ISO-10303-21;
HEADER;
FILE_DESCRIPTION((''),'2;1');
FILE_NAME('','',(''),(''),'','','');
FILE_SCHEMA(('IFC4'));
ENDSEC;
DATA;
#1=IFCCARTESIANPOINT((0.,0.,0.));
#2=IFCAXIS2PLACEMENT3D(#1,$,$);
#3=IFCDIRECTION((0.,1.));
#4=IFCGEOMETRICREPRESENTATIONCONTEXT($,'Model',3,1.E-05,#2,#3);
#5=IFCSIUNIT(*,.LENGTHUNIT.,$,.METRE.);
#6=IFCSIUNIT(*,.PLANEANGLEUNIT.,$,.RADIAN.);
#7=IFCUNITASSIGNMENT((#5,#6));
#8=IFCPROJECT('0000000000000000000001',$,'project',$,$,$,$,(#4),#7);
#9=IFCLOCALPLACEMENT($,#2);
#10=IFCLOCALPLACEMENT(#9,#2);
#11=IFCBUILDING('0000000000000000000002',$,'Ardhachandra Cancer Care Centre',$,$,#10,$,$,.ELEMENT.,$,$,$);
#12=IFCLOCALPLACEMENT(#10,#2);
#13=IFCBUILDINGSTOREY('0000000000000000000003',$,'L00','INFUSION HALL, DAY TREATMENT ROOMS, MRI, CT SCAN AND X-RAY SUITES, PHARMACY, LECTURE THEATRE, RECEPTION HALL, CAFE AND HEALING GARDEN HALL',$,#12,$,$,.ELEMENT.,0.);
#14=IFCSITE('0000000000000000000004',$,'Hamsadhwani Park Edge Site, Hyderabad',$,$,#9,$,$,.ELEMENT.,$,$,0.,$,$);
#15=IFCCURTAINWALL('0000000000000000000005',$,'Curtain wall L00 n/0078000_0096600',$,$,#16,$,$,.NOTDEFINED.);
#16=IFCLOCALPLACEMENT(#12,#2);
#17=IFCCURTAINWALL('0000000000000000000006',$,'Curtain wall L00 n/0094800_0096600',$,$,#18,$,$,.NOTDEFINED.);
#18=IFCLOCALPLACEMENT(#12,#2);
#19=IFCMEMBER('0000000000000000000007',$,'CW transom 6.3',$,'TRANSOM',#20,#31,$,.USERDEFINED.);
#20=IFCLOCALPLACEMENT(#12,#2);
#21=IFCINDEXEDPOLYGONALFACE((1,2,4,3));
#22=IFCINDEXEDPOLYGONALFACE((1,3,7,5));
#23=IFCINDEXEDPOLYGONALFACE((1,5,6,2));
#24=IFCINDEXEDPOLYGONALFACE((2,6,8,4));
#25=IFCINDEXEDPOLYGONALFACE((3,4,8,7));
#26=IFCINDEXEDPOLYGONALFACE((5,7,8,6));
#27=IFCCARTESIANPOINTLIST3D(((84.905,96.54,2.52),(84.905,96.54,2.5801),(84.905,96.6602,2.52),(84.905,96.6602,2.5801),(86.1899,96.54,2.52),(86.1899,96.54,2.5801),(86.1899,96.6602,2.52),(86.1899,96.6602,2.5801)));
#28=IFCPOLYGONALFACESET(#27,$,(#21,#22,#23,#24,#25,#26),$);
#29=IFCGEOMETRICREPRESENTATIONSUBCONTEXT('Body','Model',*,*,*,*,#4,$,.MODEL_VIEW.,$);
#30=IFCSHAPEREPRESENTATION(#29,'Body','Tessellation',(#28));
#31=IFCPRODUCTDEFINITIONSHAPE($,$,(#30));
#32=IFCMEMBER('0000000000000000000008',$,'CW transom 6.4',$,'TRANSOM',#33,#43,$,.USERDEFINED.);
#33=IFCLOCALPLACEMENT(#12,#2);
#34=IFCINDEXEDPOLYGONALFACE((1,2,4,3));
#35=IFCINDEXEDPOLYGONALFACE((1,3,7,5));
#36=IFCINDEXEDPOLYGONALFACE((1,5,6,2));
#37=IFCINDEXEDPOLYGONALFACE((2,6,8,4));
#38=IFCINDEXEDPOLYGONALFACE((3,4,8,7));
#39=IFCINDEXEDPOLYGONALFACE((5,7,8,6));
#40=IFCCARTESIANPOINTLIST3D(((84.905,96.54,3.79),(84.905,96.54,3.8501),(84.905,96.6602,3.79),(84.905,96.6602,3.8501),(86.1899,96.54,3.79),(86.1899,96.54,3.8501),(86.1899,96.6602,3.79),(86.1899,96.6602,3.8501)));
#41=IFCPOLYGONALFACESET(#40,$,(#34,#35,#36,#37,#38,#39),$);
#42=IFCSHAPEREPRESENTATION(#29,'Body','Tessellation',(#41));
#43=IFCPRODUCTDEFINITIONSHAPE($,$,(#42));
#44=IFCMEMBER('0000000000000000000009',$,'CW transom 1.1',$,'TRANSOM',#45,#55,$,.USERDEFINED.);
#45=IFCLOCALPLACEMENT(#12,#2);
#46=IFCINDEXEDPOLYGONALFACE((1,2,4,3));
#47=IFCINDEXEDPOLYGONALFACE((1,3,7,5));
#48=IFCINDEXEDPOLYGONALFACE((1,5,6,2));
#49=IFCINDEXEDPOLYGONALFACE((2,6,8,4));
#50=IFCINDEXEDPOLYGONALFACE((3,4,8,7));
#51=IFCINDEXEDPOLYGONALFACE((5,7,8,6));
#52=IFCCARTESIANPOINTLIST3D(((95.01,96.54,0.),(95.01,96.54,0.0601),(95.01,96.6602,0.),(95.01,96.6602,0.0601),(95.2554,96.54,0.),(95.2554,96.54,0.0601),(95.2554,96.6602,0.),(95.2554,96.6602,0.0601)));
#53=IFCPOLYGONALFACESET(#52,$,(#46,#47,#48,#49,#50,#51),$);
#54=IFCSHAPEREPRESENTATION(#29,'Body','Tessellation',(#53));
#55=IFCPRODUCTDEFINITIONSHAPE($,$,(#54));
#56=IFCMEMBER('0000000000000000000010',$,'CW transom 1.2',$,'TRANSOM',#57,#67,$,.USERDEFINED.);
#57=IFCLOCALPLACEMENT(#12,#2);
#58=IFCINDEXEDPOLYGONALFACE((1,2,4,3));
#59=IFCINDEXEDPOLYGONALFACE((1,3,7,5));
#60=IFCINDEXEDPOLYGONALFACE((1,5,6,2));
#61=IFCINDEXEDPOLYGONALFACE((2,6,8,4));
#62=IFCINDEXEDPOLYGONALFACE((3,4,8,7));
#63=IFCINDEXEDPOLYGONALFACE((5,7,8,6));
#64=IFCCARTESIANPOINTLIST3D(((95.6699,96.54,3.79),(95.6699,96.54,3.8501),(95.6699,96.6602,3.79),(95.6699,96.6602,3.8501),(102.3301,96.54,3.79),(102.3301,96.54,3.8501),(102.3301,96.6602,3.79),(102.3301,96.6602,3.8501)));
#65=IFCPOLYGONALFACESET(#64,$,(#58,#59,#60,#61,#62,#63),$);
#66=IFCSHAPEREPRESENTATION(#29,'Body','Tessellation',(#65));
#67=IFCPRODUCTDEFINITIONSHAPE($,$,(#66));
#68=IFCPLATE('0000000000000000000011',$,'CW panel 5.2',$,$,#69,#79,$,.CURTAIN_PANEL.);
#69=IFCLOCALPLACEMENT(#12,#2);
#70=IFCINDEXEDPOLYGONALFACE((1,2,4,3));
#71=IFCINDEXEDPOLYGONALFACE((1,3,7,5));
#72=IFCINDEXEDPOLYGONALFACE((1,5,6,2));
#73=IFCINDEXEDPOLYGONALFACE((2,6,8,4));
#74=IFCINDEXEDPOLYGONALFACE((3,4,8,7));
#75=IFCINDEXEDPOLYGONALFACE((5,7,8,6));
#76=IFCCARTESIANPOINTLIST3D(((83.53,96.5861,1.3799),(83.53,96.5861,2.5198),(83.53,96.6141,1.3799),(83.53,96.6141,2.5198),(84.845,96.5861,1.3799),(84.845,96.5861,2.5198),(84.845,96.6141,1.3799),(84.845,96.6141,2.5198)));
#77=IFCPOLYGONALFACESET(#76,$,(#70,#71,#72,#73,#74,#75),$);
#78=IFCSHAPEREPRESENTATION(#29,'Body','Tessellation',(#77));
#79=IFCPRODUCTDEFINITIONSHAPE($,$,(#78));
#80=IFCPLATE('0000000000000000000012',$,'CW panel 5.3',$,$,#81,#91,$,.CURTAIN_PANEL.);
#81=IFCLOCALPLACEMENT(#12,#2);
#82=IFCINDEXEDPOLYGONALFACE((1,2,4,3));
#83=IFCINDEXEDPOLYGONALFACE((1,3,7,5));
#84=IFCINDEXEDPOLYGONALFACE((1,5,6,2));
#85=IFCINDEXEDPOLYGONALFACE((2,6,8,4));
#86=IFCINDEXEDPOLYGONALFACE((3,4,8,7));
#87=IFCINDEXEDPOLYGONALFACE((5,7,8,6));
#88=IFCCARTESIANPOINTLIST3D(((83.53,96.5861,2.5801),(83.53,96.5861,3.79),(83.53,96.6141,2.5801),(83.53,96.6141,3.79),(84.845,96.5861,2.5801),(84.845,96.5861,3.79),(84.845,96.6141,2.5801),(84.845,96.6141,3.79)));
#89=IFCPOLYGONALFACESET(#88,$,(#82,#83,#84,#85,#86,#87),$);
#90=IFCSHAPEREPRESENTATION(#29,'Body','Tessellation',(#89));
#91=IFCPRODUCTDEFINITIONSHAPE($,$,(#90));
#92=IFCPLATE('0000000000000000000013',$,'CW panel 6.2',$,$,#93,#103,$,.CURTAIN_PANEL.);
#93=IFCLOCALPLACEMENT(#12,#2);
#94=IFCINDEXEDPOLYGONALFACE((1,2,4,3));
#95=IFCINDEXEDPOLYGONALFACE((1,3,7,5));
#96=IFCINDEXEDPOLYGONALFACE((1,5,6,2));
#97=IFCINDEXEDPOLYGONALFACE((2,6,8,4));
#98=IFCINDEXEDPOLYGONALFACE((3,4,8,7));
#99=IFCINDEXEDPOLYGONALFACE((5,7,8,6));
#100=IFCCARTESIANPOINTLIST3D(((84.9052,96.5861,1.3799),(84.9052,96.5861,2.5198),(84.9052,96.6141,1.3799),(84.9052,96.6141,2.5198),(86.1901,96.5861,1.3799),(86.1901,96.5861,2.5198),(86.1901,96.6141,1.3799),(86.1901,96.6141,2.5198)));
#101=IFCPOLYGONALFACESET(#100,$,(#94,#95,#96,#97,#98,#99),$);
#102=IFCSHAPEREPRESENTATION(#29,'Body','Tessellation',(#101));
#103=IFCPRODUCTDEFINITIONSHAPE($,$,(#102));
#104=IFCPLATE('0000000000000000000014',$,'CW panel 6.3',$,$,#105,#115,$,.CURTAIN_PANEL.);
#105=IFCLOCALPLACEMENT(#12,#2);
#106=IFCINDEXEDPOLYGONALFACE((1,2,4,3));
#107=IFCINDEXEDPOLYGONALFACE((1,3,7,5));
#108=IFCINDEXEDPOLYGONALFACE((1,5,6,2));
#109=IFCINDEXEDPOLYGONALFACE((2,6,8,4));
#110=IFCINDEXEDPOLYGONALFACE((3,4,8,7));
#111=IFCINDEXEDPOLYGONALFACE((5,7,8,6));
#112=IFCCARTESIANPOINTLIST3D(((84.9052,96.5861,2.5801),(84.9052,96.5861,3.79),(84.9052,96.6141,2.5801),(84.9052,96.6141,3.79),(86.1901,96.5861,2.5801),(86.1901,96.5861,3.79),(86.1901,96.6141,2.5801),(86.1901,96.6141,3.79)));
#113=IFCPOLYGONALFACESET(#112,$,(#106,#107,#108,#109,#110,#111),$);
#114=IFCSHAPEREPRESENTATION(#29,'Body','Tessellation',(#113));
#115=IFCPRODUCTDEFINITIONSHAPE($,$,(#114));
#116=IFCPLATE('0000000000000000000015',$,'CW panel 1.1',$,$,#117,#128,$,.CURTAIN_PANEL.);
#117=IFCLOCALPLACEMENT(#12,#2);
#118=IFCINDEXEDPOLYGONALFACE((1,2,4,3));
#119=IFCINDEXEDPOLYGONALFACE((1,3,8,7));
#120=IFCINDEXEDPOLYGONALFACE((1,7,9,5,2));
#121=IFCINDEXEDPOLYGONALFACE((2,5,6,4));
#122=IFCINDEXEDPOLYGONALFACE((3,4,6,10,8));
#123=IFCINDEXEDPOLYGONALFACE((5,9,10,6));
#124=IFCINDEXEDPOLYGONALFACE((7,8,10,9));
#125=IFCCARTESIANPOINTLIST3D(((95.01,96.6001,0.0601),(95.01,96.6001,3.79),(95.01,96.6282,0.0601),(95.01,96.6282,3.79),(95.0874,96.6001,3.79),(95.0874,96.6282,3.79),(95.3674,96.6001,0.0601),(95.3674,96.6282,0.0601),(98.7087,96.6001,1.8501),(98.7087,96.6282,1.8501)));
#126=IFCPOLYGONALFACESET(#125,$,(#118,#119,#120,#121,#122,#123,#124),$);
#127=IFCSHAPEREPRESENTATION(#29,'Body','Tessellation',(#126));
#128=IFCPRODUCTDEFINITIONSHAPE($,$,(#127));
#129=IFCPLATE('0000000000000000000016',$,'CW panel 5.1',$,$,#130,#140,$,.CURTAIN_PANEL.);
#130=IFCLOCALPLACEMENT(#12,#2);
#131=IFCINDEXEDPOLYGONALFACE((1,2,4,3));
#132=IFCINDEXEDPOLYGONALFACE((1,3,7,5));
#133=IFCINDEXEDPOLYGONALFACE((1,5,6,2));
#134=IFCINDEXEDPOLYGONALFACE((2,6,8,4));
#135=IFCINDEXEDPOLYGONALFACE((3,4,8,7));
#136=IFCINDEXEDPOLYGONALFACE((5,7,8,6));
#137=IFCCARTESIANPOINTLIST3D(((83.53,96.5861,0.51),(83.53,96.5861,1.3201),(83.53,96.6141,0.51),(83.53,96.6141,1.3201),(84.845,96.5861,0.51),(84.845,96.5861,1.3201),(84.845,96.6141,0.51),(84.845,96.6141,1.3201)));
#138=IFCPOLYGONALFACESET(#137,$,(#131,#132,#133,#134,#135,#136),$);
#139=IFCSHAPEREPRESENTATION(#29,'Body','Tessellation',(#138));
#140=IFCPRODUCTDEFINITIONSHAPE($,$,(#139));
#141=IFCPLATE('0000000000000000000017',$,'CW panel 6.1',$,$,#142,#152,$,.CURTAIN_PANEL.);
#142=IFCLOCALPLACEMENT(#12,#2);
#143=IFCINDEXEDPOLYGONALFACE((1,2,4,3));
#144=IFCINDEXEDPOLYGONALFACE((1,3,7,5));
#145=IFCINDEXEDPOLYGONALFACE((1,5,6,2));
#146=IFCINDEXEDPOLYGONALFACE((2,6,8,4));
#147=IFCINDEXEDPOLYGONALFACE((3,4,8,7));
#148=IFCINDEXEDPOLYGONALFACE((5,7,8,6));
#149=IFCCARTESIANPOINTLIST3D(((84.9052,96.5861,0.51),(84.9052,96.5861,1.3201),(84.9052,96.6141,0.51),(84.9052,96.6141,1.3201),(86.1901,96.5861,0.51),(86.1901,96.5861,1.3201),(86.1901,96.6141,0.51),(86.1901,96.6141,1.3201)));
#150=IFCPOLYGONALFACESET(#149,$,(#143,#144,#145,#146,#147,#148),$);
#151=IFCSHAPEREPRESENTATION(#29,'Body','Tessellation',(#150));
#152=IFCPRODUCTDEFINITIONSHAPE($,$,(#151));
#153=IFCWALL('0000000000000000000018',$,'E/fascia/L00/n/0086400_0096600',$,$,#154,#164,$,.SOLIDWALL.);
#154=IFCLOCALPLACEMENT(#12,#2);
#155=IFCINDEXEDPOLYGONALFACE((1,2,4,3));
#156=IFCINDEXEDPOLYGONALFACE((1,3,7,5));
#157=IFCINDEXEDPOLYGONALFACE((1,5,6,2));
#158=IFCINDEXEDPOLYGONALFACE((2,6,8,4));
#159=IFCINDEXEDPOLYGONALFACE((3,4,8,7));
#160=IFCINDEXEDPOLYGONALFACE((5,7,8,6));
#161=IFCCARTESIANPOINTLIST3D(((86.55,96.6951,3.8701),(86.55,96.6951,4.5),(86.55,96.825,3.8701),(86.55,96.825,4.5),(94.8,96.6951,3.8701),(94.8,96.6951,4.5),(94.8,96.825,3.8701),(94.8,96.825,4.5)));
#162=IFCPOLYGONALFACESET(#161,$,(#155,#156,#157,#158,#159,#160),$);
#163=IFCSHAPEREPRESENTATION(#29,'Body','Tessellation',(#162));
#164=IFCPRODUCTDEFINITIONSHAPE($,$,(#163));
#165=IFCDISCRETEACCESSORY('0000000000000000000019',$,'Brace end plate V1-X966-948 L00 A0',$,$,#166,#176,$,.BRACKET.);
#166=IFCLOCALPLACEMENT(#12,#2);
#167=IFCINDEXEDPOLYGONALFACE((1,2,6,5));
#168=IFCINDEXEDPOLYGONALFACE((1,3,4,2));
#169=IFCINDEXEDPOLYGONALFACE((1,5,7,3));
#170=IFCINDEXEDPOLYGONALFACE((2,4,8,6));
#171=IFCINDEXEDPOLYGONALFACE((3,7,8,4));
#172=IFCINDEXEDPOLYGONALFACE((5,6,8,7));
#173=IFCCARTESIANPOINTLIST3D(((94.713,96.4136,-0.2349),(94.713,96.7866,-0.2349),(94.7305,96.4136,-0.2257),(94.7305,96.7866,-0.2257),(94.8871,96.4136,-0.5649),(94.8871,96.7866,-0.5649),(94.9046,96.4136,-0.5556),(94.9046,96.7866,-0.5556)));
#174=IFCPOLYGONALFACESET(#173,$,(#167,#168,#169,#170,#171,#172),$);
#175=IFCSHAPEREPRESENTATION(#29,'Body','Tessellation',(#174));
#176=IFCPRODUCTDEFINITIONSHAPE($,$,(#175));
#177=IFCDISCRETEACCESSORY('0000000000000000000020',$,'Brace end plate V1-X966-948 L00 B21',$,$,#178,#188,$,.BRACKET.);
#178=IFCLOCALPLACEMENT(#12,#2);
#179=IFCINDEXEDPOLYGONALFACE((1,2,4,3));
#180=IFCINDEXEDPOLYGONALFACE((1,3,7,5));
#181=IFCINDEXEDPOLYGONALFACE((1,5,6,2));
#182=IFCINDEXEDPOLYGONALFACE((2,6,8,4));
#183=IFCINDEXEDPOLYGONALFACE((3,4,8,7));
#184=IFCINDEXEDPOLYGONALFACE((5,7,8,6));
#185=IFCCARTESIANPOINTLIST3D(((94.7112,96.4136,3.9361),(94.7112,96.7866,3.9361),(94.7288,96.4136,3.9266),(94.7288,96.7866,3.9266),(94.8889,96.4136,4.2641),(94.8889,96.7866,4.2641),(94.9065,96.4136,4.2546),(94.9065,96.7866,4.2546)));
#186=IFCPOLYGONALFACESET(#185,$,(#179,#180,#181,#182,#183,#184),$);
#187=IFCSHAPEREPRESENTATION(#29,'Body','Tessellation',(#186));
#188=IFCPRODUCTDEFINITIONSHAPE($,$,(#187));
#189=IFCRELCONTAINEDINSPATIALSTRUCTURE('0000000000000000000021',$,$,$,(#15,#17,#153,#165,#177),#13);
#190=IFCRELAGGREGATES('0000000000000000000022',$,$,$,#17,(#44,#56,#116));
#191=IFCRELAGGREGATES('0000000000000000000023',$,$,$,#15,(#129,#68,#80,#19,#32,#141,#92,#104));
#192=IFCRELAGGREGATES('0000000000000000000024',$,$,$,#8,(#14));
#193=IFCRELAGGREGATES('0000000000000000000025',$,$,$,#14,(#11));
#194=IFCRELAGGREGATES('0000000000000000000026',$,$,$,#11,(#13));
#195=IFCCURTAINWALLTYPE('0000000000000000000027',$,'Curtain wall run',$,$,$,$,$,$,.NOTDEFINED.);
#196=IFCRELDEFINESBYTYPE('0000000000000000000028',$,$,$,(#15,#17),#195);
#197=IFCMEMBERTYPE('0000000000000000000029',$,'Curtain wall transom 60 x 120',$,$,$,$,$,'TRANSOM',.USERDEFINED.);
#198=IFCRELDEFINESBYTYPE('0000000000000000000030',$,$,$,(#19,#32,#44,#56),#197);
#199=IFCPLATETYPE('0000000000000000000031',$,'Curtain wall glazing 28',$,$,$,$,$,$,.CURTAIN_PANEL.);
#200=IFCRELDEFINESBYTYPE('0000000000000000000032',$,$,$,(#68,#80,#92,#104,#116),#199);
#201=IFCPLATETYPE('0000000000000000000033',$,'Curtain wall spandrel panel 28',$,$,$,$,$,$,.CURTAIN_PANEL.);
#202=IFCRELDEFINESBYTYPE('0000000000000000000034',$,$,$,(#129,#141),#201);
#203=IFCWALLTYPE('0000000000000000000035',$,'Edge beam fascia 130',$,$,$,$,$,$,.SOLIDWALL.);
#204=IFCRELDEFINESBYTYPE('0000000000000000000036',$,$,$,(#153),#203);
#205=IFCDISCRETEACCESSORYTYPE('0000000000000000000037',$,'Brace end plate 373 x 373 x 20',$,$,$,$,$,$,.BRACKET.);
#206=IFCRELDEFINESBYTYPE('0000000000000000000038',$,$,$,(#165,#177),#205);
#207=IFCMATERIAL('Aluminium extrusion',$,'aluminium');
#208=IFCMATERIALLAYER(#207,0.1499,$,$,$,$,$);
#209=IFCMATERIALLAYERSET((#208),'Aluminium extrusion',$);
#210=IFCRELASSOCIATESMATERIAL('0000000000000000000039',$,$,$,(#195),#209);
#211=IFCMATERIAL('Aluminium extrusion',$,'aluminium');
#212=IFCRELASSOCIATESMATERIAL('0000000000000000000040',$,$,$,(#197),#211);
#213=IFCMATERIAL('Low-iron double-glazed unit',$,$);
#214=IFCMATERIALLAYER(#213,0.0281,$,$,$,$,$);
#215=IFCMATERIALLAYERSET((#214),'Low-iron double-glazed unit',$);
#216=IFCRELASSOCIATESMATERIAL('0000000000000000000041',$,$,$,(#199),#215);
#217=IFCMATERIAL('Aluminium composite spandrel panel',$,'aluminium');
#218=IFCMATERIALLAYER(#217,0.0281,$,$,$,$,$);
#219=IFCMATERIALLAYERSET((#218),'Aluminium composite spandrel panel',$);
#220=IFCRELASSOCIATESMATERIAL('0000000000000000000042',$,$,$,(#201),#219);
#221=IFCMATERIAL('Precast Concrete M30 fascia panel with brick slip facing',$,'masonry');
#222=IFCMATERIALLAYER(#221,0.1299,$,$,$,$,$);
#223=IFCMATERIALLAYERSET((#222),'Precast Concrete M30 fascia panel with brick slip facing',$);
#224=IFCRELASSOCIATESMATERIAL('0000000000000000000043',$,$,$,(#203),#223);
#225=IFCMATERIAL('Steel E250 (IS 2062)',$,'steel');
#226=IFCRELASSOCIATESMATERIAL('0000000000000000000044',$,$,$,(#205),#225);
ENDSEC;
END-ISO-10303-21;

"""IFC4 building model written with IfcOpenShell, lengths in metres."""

from ifc_helpers import new_model, si_unit, direction, frame, frame_2d, origin, origin_2d, place, context, subcontext, project, spatial, polyline, rectangle, outline, extrude, material, layer, layer_set, material_profile, profile_set, type_object, element, aggregate, save


model = new_model("IFC4")

# Units and contexts
model_context = context("Model", 3, precision=1e-05, world=origin(), true_north=direction((0.0, 1.0)))
body_context = subcontext(model_context, "Body", "Model", "MODEL_VIEW")
ifc_project = project(units=[si_unit("LENGTHUNIT", "METRE"), si_unit("PLANEANGLEUNIT", "RADIAN")], contexts=[model_context])

# Site, building, storey
site_placement = place(None, origin())
site = spatial("IfcSite", under=ifc_project, at=site_placement, Name="Hamsadhwani Park Edge Site, Hyderabad", CompositionType="ELEMENT", RefElevation=0.0)
building_placement = place(site_placement, origin())
building = spatial("IfcBuilding", under=site, at=building_placement, Name="Ardhachandra Cancer Care Centre", CompositionType="ELEMENT")
storey_placement = place(building_placement, origin())
storey = spatial("IfcBuildingStorey", under=building, at=storey_placement, Name="L00", Description="INFUSION HALL, DAY TREATMENT ROOMS, MRI, CT SCAN AND X-RAY SUITES, PHARMACY, LECTURE THEATRE, RECEPTION HALL, CAFE AND HEALING GARDEN HALL", CompositionType="ELEMENT", Elevation=0.0)

# Curtain wall
ifc_material_1 = material(Name="Aluminium extrusion", Category="aluminium")
ifc_layer_1 = layer(ifc_material_1, 0.1499)
ifc_layer_set_1 = layer_set([ifc_layer_1], Name="Aluminium extrusion")
curtain_wall_type = type_object("IfcCurtainWallType", Name="Curtain wall run", PredefinedType="NOTDEFINED", material=ifc_layer_set_1)
curtain_wall_1_placement = place(storey_placement, origin())
curtain_wall_1 = element("IfcCurtainWall", 1, at=curtain_wall_1_placement, inside=storey, type_object=curtain_wall_type, Name="Curtain wall L00 n/0078000_0096600", PredefinedType="NOTDEFINED")

# Curtain wall
curtain_wall_2_placement = place(storey_placement, origin())
curtain_wall_2 = element("IfcCurtainWall", 2, at=curtain_wall_2_placement, inside=storey, type_object=curtain_wall_type, Name="Curtain wall L00 n/0094800_0096600", PredefinedType="NOTDEFINED")

# Members
ifc_material_2 = material(Name="Aluminium extrusion", Category="aluminium")
ifc_material_profile_1 = material_profile(ifc_material_2, rectangle(XDim=0.1201, YDim=0.0601, at=origin_2d()), Name="Curtain wall transom 60 x 120")
ifc_profile_set_1 = profile_set([ifc_material_profile_1], Name="Aluminium extrusion")
member_type_1 = type_object("IfcMemberType", Name="Curtain wall transom 60 x 120", ElementType="TRANSOM", PredefinedType="USERDEFINED", material=ifc_profile_set_1)
member_1_placement = place(storey_placement, frame((84.905, 96.6001, 2.55), z_axis=(1.0, 0.0, 0.0), x_axis=(0.0, 1.0, 0.0)))
member_1 = element("IfcMember", 3, at=member_1_placement, type_object=member_type_1, Name="CW transom 6.3", ObjectType="TRANSOM", PredefinedType="USERDEFINED", context=body_context, shape_type="SweptSolid", body=[
    extrude(rectangle(XDim=0.1201, YDim=0.0601, at=origin_2d()), origin(), (0.0, 0.0, 1.0), 1.2849),
])
member_2_placement = place(storey_placement, frame((84.905, 96.6001, 3.8201), z_axis=(1.0, 0.0, 0.0), x_axis=(0.0, 1.0, 0.0)))
member_2 = element("IfcMember", 4, at=member_2_placement, type_object=member_type_1, Name="CW transom 6.4", ObjectType="TRANSOM", PredefinedType="USERDEFINED", context=body_context, shape_type="SweptSolid", body=[
    extrude(rectangle(XDim=0.1201, YDim=0.0601, at=origin_2d()), origin(), (0.0, 0.0, 1.0), 1.2849),
])
member_3_placement = place(storey_placement, frame((95.01, 96.6001, 0.03), z_axis=(1.0, 0.0, 0.0), x_axis=(0.0, 1.0, 0.0)))
member_3 = element("IfcMember", 5, at=member_3_placement, type_object=member_type_1, Name="CW transom 1.1", ObjectType="TRANSOM", PredefinedType="USERDEFINED", context=body_context, shape_type="SweptSolid", body=[
    extrude(rectangle(XDim=0.1201, YDim=0.0601, at=origin_2d()), origin(), (0.0, 0.0, 1.0), 0.2454),
])
member_4_placement = place(storey_placement, frame((95.6699, 96.6001, 3.8201), z_axis=(1.0, 0.0, 0.0), x_axis=(0.0, 1.0, 0.0)))
member_4 = element("IfcMember", 6, at=member_4_placement, type_object=member_type_1, Name="CW transom 1.2", ObjectType="TRANSOM", PredefinedType="USERDEFINED", context=body_context, shape_type="SweptSolid", body=[
    extrude(rectangle(XDim=0.1201, YDim=0.0601, at=origin_2d()), origin(), (0.0, 0.0, 1.0), 6.6602),
])

# Plates
ifc_material_3 = material(Name="Low-iron double-glazed unit")
ifc_layer_2 = layer(ifc_material_3, 0.0281)
ifc_layer_set_2 = layer_set([ifc_layer_2], Name="Low-iron double-glazed unit")
plate_type_1 = type_object("IfcPlateType", Name="Curtain wall glazing 28", PredefinedType="CURTAIN_PANEL", material=ifc_layer_set_2)
plate_1_placement = place(storey_placement, frame((84.1875, 96.6001, 1.3799), z_axis=(0.0, 0.0, 1.0), x_axis=(1.0, 0.0, 0.0)))
plate_1 = element("IfcPlate", 7, at=plate_1_placement, type_object=plate_type_1, Name="CW panel 5.2", PredefinedType="CURTAIN_PANEL", context=body_context, shape_type="SweptSolid", body=[
    extrude(rectangle(XDim=1.3149, YDim=0.0281, at=origin_2d()), origin(), (0.0, 0.0, 1.0), 1.1399),
])
plate_2_placement = place(storey_placement, frame((84.1875, 96.6001, 2.5801), z_axis=(0.0, 0.0, 1.0), x_axis=(1.0, 0.0, 0.0)))
plate_2 = element("IfcPlate", 8, at=plate_2_placement, type_object=plate_type_1, Name="CW panel 5.3", PredefinedType="CURTAIN_PANEL", context=body_context, shape_type="SweptSolid", body=[
    extrude(rectangle(XDim=1.3149, YDim=0.0281, at=origin_2d()), origin(), (0.0, 0.0, 1.0), 1.21),
])
plate_3_placement = place(storey_placement, frame((85.5476, 96.6001, 1.3799), z_axis=(0.0, 0.0, 1.0), x_axis=(1.0, 0.0, 0.0)))
plate_3 = element("IfcPlate", 9, at=plate_3_placement, type_object=plate_type_1, Name="CW panel 6.2", PredefinedType="CURTAIN_PANEL", context=body_context, shape_type="SweptSolid", body=[
    extrude(rectangle(XDim=1.2849, YDim=0.0281, at=origin_2d()), origin(), (0.0, 0.0, 1.0), 1.1399),
])
plate_4_placement = place(storey_placement, frame((85.5476, 96.6001, 2.5801), z_axis=(0.0, 0.0, 1.0), x_axis=(1.0, 0.0, 0.0)))
plate_4 = element("IfcPlate", 10, at=plate_4_placement, type_object=plate_type_1, Name="CW panel 6.3", PredefinedType="CURTAIN_PANEL", context=body_context, shape_type="SweptSolid", body=[
    extrude(rectangle(XDim=1.2849, YDim=0.0281, at=origin_2d()), origin(), (0.0, 0.0, 1.0), 1.21),
])
plate_5_placement = place(storey_placement, frame((95.01, 96.6001, 0.0601), z_axis=(0.0, 1.0, 0.0), x_axis=(0.0, 0.0, 1.0)))
plate_5 = element("IfcPlate", 11, at=plate_5_placement, type_object=plate_type_1, Name="CW panel 1.1", PredefinedType="CURTAIN_PANEL", context=body_context, shape_type="SweptSolid", body=[
    extrude(outline(polyline([(0.0, 0.0), (3.73, 0.0), (3.73, 0.0774), (1.79, 3.6987), (0.0, 0.3574), (0.0, 0.0)])), origin(), (0.0, 0.0, 1.0), 0.0281),
])
aggregate(curtain_wall_2, [member_3, member_4, plate_5])
ifc_material_4 = material(Name="Aluminium composite spandrel panel", Category="aluminium")
ifc_layer_3 = layer(ifc_material_4, 0.0281)
ifc_layer_set_3 = layer_set([ifc_layer_3], Name="Aluminium composite spandrel panel")
plate_type_2 = type_object("IfcPlateType", Name="Curtain wall spandrel panel 28", PredefinedType="CURTAIN_PANEL", material=ifc_layer_set_3)
plate_6_placement = place(storey_placement, frame((84.1875, 96.6001, 0.51), z_axis=(0.0, 0.0, 1.0), x_axis=(1.0, 0.0, 0.0)))
plate_6 = element("IfcPlate", 12, at=plate_6_placement, type_object=plate_type_2, Name="CW panel 5.1", PredefinedType="CURTAIN_PANEL", context=body_context, shape_type="SweptSolid", body=[
    extrude(rectangle(XDim=1.3149, YDim=0.0281, at=origin_2d()), origin(), (0.0, 0.0, 1.0), 0.8101),
])
plate_7_placement = place(storey_placement, frame((85.5476, 96.6001, 0.51), z_axis=(0.0, 0.0, 1.0), x_axis=(1.0, 0.0, 0.0)))
plate_7 = element("IfcPlate", 13, at=plate_7_placement, type_object=plate_type_2, Name="CW panel 6.1", PredefinedType="CURTAIN_PANEL", context=body_context, shape_type="SweptSolid", body=[
    extrude(rectangle(XDim=1.2849, YDim=0.0281, at=origin_2d()), origin(), (0.0, 0.0, 1.0), 0.8101),
])
aggregate(curtain_wall_1, [plate_6, plate_1, plate_2, member_1, member_2, plate_7, plate_3, plate_4])

# Wall
ifc_material_5 = material(Name="Precast Concrete M30 fascia panel with brick slip facing", Category="masonry")
ifc_layer_4 = layer(ifc_material_5, 0.1299)
ifc_layer_set_4 = layer_set([ifc_layer_4], Name="Precast Concrete M30 fascia panel with brick slip facing")
wall_type = type_object("IfcWallType", Name="Edge beam fascia 130", PredefinedType="SOLIDWALL", material=ifc_layer_set_4)
wall_placement = place(storey_placement, frame((86.55, 96.76, 3.8701), z_axis=(0.0, 0.0, 1.0), x_axis=(1.0, 0.0, 0.0)))
element("IfcWall", 14, at=wall_placement, inside=storey, type_object=wall_type, Name="E/fascia/L00/n/0086400_0096600", PredefinedType="SOLIDWALL", context=body_context, shape_type="SweptSolid", body=[
    extrude(rectangle(XDim=8.25, YDim=0.1299, at=frame_2d((4.125, 0.0))), origin(), (0.0, 0.0, 1.0), 0.6299),
])

# Discrete accessories
ifc_material_6 = material(Name="Steel E250 (IS 2062)", Category="steel")
ifc_material_profile_2 = material_profile(ifc_material_6, rectangle(XDim=0.373, YDim=0.373, at=origin_2d()), Name="PL 373x373x20")
ifc_profile_set_2 = profile_set([ifc_material_profile_2], Name="Steel E250 (IS 2062)")
discrete_accessory_type = type_object("IfcDiscreteAccessoryType", Name="Brace end plate 373 x 373 x 20", PredefinedType="BRACKET", material=ifc_profile_set_2)
discrete_accessory_1_placement = place(storey_placement, frame((94.8, 96.6001, -0.3999), z_axis=(0.884385, 0.0, 0.466759), x_axis=(0.0, 1.0, 0.0)))
element("IfcDiscreteAccessory", 15, at=discrete_accessory_1_placement, inside=storey, type_object=discrete_accessory_type, Name="Brace end plate V1-X966-948 L00 A0", PredefinedType="BRACKET", context=body_context, shape_type="SweptSolid", body=[
    extrude(rectangle(XDim=0.373, YDim=0.373, at=origin_2d()), origin(), (0.0, 0.0, 1.0), 0.0198),
])
discrete_accessory_2_placement = place(storey_placement, frame((94.8, 96.6001, 4.1001), z_axis=(0.879292, 0.0, -0.476283), x_axis=(0.0, 1.0, 0.0)))
element("IfcDiscreteAccessory", 16, at=discrete_accessory_2_placement, inside=storey, type_object=discrete_accessory_type, Name="Brace end plate V1-X966-948 L00 B21", PredefinedType="BRACKET", context=body_context, shape_type="SweptSolid", body=[
    extrude(rectangle(XDim=0.373, YDim=0.373, at=origin_2d()), origin(), (0.0, 0.0, 1.0), 0.02),
])

save(model, "model.ifc")
